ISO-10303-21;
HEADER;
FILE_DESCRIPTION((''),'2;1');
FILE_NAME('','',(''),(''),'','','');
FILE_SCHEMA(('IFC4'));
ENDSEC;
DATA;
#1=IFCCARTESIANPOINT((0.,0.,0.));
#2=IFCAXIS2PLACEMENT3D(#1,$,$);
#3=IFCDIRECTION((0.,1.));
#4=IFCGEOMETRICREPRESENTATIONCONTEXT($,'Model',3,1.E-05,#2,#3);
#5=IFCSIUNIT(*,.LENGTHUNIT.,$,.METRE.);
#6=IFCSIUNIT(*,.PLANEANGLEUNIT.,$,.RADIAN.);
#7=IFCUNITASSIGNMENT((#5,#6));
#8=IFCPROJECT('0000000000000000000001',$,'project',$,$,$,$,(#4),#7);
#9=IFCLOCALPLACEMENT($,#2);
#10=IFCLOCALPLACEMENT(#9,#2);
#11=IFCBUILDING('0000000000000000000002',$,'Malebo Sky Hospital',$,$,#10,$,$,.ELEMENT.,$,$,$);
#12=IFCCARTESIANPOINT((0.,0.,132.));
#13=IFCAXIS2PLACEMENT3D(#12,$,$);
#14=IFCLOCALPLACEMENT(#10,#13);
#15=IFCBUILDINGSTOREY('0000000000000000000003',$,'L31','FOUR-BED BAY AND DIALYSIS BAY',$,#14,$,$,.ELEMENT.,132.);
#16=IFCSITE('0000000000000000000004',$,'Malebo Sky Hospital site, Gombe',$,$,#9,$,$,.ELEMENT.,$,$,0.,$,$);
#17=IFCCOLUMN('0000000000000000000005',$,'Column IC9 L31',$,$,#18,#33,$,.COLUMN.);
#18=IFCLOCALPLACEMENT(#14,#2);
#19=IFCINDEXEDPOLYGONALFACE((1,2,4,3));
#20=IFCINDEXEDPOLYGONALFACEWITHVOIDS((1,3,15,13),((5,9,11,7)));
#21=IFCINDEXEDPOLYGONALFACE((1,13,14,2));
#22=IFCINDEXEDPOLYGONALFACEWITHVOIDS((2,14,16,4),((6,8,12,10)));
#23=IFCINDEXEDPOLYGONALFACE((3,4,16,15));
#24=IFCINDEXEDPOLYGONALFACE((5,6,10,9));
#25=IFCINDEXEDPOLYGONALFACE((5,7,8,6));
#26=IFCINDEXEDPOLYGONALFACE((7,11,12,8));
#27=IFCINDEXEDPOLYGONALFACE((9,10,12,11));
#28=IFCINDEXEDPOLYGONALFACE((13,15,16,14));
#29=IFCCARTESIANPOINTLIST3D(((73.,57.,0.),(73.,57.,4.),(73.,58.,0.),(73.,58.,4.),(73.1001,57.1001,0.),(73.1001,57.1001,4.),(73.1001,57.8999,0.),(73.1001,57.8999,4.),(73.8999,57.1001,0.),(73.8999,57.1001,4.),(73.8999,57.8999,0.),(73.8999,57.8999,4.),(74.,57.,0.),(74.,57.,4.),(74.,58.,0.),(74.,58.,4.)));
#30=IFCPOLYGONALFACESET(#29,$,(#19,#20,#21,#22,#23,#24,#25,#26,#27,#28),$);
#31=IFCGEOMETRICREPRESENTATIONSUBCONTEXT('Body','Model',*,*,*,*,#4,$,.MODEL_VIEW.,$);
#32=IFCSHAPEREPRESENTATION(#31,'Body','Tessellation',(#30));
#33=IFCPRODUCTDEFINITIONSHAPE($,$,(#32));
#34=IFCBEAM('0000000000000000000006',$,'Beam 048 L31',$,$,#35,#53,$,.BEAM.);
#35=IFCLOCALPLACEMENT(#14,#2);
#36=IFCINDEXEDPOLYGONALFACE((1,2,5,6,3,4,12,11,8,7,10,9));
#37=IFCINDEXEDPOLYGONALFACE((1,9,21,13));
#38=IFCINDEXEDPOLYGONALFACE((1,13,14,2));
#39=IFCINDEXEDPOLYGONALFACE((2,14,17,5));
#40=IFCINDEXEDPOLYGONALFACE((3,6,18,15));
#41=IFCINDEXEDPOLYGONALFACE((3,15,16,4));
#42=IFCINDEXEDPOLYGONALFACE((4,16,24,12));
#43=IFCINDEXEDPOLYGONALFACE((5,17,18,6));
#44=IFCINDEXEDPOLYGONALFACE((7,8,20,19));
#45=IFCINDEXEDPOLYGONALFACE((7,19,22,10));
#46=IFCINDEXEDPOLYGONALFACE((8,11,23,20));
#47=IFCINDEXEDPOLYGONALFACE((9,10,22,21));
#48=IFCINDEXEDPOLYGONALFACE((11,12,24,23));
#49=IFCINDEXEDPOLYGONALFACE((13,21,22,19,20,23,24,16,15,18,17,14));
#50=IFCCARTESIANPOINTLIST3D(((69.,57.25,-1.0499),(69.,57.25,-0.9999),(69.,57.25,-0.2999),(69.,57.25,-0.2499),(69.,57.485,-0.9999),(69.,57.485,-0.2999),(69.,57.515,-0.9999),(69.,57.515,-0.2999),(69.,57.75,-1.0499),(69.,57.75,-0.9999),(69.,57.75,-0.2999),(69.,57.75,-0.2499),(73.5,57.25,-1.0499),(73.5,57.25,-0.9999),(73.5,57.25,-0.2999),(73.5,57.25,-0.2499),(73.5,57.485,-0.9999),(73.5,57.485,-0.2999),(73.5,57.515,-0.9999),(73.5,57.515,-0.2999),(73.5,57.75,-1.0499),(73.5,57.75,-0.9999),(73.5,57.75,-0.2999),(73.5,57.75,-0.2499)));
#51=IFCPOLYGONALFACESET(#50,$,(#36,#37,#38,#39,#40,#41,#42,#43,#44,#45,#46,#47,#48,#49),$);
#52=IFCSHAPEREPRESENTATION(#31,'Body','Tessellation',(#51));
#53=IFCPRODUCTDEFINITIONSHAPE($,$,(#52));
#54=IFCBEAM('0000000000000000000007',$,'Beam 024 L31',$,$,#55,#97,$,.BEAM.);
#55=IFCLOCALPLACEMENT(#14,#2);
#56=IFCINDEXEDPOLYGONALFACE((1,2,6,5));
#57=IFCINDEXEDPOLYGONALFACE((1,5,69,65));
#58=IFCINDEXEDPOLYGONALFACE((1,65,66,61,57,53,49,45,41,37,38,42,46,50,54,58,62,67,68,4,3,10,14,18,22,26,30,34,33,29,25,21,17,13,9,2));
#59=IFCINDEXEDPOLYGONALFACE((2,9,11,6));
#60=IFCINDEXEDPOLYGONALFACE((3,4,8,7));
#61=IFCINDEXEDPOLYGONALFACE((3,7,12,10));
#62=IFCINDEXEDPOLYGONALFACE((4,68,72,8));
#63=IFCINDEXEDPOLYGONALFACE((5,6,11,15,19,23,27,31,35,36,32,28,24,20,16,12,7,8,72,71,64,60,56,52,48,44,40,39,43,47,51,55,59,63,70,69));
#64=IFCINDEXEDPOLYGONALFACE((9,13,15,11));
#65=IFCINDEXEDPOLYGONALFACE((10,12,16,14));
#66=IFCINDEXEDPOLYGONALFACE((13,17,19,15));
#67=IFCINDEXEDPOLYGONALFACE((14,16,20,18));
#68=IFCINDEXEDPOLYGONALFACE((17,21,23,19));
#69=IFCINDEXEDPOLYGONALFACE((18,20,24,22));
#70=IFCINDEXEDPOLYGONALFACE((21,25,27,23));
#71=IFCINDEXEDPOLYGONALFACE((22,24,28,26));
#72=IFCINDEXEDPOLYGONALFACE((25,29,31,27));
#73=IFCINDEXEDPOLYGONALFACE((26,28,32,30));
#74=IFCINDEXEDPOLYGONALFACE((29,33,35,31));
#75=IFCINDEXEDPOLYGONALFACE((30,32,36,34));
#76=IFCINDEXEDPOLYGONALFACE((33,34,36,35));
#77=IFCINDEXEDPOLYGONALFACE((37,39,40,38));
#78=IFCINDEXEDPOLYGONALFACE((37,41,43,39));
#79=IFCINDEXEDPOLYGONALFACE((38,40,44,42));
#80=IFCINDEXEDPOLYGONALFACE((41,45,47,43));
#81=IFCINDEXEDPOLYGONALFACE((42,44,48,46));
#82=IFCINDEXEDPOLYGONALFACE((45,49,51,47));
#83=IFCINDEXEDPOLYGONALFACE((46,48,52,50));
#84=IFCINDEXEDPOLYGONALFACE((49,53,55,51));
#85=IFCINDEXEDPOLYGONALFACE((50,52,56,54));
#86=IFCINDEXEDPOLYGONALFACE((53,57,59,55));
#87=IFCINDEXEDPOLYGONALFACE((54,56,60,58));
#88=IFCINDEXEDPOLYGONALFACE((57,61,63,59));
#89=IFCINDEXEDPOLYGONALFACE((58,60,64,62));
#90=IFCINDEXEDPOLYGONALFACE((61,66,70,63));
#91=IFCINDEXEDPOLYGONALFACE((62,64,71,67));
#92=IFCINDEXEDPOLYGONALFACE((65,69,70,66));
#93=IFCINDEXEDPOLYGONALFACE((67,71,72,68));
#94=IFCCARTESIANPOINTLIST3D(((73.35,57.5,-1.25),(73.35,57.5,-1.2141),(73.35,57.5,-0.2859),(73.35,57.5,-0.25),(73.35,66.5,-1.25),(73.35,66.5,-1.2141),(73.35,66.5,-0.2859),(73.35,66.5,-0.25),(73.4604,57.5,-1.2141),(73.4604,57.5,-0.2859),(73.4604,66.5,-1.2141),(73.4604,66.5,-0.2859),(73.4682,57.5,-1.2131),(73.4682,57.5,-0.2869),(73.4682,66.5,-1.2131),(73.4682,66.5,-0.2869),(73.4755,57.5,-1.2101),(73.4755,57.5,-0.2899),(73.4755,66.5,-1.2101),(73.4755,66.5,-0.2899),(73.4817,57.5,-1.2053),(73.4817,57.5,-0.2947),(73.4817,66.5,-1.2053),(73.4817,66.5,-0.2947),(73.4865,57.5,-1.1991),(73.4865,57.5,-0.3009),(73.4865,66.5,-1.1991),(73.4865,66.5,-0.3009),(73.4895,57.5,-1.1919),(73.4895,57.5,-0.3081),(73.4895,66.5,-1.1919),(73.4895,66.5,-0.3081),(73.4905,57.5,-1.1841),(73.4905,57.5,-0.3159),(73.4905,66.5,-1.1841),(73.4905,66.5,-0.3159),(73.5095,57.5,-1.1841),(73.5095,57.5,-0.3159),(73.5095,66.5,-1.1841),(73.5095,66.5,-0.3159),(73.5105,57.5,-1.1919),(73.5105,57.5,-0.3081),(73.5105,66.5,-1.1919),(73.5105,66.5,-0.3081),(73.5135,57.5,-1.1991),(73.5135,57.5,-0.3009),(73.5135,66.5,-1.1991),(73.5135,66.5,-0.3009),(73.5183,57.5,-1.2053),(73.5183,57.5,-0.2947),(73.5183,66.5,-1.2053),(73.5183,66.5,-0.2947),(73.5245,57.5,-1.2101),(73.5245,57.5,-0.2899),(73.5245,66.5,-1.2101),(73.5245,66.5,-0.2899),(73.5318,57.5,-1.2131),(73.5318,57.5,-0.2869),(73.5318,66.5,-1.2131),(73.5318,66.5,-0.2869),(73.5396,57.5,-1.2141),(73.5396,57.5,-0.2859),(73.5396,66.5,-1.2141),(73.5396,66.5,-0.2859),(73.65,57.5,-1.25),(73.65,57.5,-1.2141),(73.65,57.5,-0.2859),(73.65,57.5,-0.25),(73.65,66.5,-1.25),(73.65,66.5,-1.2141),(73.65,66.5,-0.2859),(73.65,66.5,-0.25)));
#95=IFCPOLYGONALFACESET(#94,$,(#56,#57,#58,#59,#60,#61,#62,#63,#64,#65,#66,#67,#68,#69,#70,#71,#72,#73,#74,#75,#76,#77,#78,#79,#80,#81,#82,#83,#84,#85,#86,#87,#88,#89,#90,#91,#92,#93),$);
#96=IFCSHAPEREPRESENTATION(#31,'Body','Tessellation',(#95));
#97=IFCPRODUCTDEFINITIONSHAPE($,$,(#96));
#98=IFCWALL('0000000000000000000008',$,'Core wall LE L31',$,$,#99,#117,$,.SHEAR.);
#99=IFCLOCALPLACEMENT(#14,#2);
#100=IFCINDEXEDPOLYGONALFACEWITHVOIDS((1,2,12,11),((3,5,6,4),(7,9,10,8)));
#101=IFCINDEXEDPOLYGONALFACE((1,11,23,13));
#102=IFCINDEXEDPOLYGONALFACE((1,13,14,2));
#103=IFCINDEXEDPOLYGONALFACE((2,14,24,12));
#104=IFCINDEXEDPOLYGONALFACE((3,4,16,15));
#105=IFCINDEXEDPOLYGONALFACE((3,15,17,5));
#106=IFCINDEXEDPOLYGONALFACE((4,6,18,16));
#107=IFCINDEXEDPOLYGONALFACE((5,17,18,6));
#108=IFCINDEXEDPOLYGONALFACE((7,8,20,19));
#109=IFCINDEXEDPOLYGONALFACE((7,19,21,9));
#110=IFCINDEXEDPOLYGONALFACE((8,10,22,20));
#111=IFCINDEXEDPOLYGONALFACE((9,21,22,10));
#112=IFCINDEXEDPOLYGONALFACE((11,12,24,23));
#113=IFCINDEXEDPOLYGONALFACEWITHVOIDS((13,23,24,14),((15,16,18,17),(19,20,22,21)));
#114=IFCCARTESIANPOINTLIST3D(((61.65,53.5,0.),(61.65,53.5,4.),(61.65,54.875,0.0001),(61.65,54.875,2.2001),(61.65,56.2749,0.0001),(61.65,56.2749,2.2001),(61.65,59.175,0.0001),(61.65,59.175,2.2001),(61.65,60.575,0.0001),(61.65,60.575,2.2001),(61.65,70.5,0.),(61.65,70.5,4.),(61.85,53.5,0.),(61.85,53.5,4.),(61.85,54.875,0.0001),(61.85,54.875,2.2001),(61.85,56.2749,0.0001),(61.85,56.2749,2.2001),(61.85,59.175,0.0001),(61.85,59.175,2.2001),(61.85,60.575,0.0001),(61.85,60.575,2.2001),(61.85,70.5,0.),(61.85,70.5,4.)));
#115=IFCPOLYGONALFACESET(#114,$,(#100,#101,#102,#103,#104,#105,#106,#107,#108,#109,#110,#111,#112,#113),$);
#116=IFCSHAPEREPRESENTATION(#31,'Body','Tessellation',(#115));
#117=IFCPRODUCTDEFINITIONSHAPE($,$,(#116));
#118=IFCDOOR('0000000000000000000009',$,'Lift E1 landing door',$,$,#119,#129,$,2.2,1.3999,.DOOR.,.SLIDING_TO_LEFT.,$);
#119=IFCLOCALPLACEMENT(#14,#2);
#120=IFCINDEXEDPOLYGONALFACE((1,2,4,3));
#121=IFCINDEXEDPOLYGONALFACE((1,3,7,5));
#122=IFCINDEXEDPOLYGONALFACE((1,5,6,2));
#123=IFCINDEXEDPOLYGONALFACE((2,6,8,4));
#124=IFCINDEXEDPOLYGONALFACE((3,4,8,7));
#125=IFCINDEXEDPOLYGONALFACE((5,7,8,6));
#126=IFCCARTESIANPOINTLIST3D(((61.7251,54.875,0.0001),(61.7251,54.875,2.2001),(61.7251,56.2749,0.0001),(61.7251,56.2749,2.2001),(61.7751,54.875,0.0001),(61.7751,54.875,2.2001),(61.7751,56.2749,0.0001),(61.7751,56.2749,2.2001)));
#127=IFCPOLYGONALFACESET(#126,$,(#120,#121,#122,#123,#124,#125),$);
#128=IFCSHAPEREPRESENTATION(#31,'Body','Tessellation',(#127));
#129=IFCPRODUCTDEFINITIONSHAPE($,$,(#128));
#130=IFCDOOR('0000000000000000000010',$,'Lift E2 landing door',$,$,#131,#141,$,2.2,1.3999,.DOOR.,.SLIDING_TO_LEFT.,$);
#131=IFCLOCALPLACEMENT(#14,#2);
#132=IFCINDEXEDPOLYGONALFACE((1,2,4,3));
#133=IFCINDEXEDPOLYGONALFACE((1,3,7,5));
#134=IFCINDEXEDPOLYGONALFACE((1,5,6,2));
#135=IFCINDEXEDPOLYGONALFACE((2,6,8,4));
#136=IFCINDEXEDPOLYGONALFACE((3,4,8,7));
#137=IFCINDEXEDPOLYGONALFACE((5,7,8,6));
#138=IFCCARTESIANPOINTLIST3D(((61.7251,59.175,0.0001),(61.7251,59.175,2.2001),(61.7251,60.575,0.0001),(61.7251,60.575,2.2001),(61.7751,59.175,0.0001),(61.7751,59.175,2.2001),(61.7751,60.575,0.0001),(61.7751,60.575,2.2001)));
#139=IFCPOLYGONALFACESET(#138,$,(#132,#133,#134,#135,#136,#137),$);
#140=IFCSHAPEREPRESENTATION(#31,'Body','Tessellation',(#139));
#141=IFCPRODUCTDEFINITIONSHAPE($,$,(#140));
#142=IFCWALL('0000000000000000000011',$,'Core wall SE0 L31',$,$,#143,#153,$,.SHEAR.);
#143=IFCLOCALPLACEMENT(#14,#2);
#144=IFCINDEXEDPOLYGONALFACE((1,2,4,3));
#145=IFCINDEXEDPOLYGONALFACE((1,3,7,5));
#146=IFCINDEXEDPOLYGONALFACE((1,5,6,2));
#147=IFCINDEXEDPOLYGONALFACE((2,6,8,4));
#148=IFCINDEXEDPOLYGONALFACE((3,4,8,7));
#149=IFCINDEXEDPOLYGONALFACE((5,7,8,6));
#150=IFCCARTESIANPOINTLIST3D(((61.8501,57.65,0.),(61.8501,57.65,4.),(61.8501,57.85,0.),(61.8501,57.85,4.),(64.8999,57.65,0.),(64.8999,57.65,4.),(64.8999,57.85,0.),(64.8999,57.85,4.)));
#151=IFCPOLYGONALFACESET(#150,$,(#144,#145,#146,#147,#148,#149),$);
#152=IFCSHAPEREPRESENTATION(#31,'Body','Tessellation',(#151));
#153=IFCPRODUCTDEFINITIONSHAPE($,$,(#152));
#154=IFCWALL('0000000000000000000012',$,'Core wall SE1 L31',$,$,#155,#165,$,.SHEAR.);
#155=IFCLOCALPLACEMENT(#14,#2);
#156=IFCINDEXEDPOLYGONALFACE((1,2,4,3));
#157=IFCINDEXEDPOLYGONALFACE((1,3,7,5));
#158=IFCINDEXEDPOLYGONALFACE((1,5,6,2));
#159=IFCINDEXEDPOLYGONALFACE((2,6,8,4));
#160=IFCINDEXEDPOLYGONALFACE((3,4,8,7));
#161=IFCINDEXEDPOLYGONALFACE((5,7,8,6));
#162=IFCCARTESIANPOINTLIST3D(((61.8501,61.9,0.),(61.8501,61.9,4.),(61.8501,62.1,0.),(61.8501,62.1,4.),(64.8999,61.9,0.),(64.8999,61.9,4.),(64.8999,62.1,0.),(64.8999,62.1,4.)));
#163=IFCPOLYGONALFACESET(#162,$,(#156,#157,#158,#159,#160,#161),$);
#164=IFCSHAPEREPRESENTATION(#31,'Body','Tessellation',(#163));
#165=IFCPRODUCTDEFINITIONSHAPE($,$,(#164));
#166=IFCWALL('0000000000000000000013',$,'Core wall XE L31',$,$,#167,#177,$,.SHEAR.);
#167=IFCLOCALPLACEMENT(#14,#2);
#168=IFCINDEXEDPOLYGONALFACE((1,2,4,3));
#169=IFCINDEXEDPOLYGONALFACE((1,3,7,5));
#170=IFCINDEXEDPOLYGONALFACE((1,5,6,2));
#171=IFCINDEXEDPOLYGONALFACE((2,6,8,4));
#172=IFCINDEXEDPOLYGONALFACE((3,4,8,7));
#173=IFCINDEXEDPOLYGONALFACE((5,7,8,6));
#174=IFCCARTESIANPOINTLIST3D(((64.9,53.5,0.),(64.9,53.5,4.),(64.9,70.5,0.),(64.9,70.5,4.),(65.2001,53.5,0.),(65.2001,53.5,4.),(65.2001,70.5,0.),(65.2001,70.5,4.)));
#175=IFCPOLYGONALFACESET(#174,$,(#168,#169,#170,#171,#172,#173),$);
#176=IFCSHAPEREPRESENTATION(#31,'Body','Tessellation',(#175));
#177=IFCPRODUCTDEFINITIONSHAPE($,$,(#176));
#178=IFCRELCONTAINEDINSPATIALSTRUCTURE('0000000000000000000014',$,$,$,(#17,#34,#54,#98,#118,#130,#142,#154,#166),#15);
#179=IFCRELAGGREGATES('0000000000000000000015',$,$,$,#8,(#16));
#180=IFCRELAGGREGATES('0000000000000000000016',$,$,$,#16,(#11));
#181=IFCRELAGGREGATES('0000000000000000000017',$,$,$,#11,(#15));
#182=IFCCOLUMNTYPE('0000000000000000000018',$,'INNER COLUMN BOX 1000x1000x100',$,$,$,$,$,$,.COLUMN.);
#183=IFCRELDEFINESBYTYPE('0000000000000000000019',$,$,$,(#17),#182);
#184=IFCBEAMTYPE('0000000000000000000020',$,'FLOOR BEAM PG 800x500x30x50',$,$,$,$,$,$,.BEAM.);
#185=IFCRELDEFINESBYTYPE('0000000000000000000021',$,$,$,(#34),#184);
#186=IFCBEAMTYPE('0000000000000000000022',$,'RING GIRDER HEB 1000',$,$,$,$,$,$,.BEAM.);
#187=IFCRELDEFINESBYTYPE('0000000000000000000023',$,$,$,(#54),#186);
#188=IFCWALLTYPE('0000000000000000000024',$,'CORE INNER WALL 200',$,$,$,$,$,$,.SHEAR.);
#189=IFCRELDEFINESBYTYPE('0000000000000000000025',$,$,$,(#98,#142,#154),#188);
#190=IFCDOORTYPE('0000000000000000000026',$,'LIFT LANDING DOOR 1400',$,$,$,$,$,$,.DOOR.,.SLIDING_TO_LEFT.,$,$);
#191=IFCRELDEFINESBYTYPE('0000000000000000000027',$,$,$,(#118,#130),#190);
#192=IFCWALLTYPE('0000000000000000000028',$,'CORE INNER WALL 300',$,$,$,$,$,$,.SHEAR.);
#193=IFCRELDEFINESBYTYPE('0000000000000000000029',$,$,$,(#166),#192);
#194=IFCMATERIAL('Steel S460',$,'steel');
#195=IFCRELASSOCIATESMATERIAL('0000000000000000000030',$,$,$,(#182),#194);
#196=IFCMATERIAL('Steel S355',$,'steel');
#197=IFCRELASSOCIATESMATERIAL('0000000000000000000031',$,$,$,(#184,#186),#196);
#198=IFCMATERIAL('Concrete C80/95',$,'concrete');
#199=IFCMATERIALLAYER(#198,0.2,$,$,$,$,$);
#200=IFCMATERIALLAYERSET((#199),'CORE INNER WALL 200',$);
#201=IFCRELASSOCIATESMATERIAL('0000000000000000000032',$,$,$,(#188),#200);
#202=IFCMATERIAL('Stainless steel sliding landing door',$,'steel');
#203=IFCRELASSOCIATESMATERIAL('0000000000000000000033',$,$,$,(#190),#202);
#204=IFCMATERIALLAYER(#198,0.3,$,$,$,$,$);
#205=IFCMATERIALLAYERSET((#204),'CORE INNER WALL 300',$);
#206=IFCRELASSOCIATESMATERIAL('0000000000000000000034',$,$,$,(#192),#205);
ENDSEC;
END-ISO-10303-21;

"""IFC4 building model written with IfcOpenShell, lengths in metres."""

from ifc_helpers import new_model, si_unit, direction, frame, frame_2d, origin, origin_2d, place, context, subcontext, project, spatial, rectangle, hollow_rectangle, i_section, extrude, material, layer, layer_set, material_profile, profile_set, type_object, element, fill, save


model = new_model("IFC4")

# Units and contexts
model_context = context("Model", 3, precision=1e-05, world=origin(), true_north=direction((0.0, 1.0)))
body_context = subcontext(model_context, "Body", "Model", "MODEL_VIEW")
ifc_project = project(units=[si_unit("LENGTHUNIT", "METRE"), si_unit("PLANEANGLEUNIT", "RADIAN")], contexts=[model_context])

# Site, building, storey
site_placement = place(None, origin())
site = spatial("IfcSite", under=ifc_project, at=site_placement, Name="Malebo Sky Hospital site, Gombe", CompositionType="ELEMENT", RefElevation=0.0)
building_placement = place(site_placement, origin())
building = spatial("IfcBuilding", under=site, at=building_placement, Name="Malebo Sky Hospital", CompositionType="ELEMENT")
storey_placement = place(building_placement, frame((0.0, 0.0, 132.0)))
storey = spatial("IfcBuildingStorey", under=building, at=storey_placement, Name="L31", Description="FOUR-BED BAY AND DIALYSIS BAY", CompositionType="ELEMENT", Elevation=132.0)

# Column
ifc_material_1 = material(Name="Steel S460", Category="steel")
ifc_material_profile_1 = material_profile(ifc_material_1, hollow_rectangle(XDim=1.0, YDim=1.0, WallThickness=0.1001, at=origin_2d()), Name="BOX 1000x1000x100")
ifc_profile_set_1 = profile_set([ifc_material_profile_1], Name="Steel S460")
column_type = type_object("IfcColumnType", Name="INNER COLUMN BOX 1000x1000x100", PredefinedType="COLUMN", material=ifc_profile_set_1)
column_placement = place(storey_placement, frame((73.5, 57.5, 0.0), z_axis=(0.0, 0.0, 1.0), x_axis=(1.0, 0.0, 0.0)))
element("IfcColumn", 1, at=column_placement, inside=storey, type_object=column_type, Name="Column IC9 L31", PredefinedType="COLUMN", context=body_context, shape_type="SweptSolid", body=[
    extrude(hollow_rectangle(XDim=1.0, YDim=1.0, WallThickness=0.1001, at=origin_2d()), origin(), (0.0, 0.0, 1.0), 4.0),
])

# Beams
ifc_material_2 = material(Name="Steel S355", Category="steel")
ifc_material_profile_2 = material_profile(ifc_material_2, i_section(OverallWidth=0.5, OverallDepth=0.8, WebThickness=0.03, FlangeThickness=0.05, at=origin_2d()), Name="PG 800x500x30x50")
ifc_profile_set_2 = profile_set([ifc_material_profile_2], Name="Steel S355")
beam_type_1 = type_object("IfcBeamType", Name="FLOOR BEAM PG 800x500x30x50", PredefinedType="BEAM", material=ifc_profile_set_2)
beam_1_placement = place(storey_placement, frame((69.0, 57.5, -0.6499), z_axis=(1.0, 0.0, 0.0), x_axis=(0.0, 1.0, 0.0)))
element("IfcBeam", 2, at=beam_1_placement, inside=storey, type_object=beam_type_1, Name="Beam 048 L31", PredefinedType="BEAM", context=body_context, shape_type="SweptSolid", body=[
    extrude(i_section(OverallWidth=0.5, OverallDepth=0.8, WebThickness=0.03, FlangeThickness=0.05, at=origin_2d()), origin(), (0.0, 0.0, 1.0), 4.5),
])
ifc_material_profile_3 = material_profile(ifc_material_2, i_section(OverallWidth=0.3, OverallDepth=1.0, WebThickness=0.019, FlangeThickness=0.0359, FilletRadius=0.03, at=origin_2d()), Name="HEB 1000")
ifc_profile_set_3 = profile_set([ifc_material_profile_3], Name="Steel S355")
beam_type_2 = type_object("IfcBeamType", Name="RING GIRDER HEB 1000", PredefinedType="BEAM", material=ifc_profile_set_3)
beam_2_placement = place(storey_placement, frame((73.5, 57.5, -0.75), z_axis=(0.0, 1.0, 0.0), x_axis=(-1.0, 0.0, 0.0)))
element("IfcBeam", 3, at=beam_2_placement, inside=storey, type_object=beam_type_2, Name="Beam 024 L31", PredefinedType="BEAM", context=body_context, shape_type="SweptSolid", body=[
    extrude(i_section(OverallWidth=0.3, OverallDepth=1.0, WebThickness=0.019, FlangeThickness=0.0359, FilletRadius=0.03, at=origin_2d()), origin(), (0.0, 0.0, 1.0), 9.0),
])

# Wall, openings, doors
ifc_material_3 = material(Name="Concrete C80/95", Category="concrete")
ifc_layer_1 = layer(ifc_material_3, 0.2)
ifc_layer_set_1 = layer_set([ifc_layer_1], Name="CORE INNER WALL 200")
wall_type_1 = type_object("IfcWallType", Name="CORE INNER WALL 200", PredefinedType="SHEAR", material=ifc_layer_set_1)
wall_1_placement = place(storey_placement, frame((61.75, 53.5, 0.0), z_axis=(0.0, 0.0, 1.0), x_axis=(0.0, 1.0, 0.0)))
wall_1 = element("IfcWall", 4, at=wall_1_placement, inside=storey, type_object=wall_type_1, Name="Core wall LE L31", PredefinedType="SHEAR", context=body_context, shape_type="SweptSolid", body=[
    extrude(rectangle(XDim=17.0, YDim=0.2, at=frame_2d((8.5, 0.0))), origin(), (0.0, 0.0, 1.0), 4.0),
])
opening_1_placement = place(wall_1_placement, frame((1.375, 0.0, 0.0)))
opening_1 = element("IfcOpeningElement", 5, at=opening_1_placement, cuts=wall_1, PredefinedType="OPENING", context=body_context, shape_type="SweptSolid", body=[
    extrude(rectangle(XDim=1.3999, YDim=2.2, at=frame_2d((0.7, 1.1001))), frame((0.0, 0.1099, 0.0), z_axis=(0.0, -1.0, 0.0), x_axis=(1.0, 0.0, 0.0)), (0.0, 0.0, 1.0), 0.22),
])
opening_2_placement = place(wall_1_placement, frame((5.675, 0.0, 0.0)))
opening_2 = element("IfcOpeningElement", 6, at=opening_2_placement, cuts=wall_1, PredefinedType="OPENING", context=body_context, shape_type="SweptSolid", body=[
    extrude(rectangle(XDim=1.3999, YDim=2.2, at=frame_2d((0.7, 1.1001))), frame((0.0, 0.1099, 0.0), z_axis=(0.0, -1.0, 0.0), x_axis=(1.0, 0.0, 0.0)), (0.0, 0.0, 1.0), 0.22),
])
ifc_material_4 = material(Name="Stainless steel sliding landing door", Category="steel")
door_type_1 = type_object("IfcDoorType", Name="LIFT LANDING DOOR 1400", OperationType="SLIDING_TO_LEFT", PredefinedType="DOOR", material=ifc_material_4)
door_1_placement = place(opening_1_placement, origin())
door_1 = element("IfcDoor", 7, at=door_1_placement, inside=storey, type_object=door_type_1, Name="Lift E1 landing door", OperationType="SLIDING_TO_LEFT", OverallHeight=2.2, OverallWidth=1.3999, PredefinedType="DOOR", context=body_context, shape_type="SweptSolid", body=[
    extrude(rectangle(XDim=1.3999, YDim=2.2, at=frame_2d((0.7, 1.1001))), frame((0.0, 0.0249, 0.0), z_axis=(0.0, -1.0, 0.0), x_axis=(1.0, 0.0, 0.0)), (0.0, 0.0, 1.0), 0.05),
])
fill(opening_1, door_1)
door_2_placement = place(opening_2_placement, origin())
door_2 = element("IfcDoor", 8, at=door_2_placement, inside=storey, type_object=door_type_1, Name="Lift E2 landing door", OperationType="SLIDING_TO_LEFT", OverallHeight=2.2, OverallWidth=1.3999, PredefinedType="DOOR", context=body_context, shape_type="SweptSolid", body=[
    extrude(rectangle(XDim=1.3999, YDim=2.2, at=frame_2d((0.7, 1.1001))), frame((0.0, 0.0249, 0.0), z_axis=(0.0, -1.0, 0.0), x_axis=(1.0, 0.0, 0.0)), (0.0, 0.0, 1.0), 0.05),
])
fill(opening_2, door_2)

# Walls
for number, where, z_axis, x_axis, name in (
    (9, (61.8501, 57.75, 0.0), (0.0, 0.0, 1.0), (1.0, 0.0, 0.0), "Core wall SE0 L31"),
    (10, (61.8501, 62.0, 0.0), (0.0, 0.0, 1.0), (1.0, 0.0, 0.0), "Core wall SE1 L31"),
):
    element("IfcWall", number, at=place(storey_placement, frame(where, z_axis=z_axis, x_axis=x_axis)), inside=storey, type_object=wall_type_1, Name=name, PredefinedType="SHEAR", context=body_context, shape_type="SweptSolid", body=[
        extrude(rectangle(XDim=3.0498, YDim=0.2, at=frame_2d((1.5249, 0.0))), origin(), (0.0, 0.0, 1.0), 4.0),
    ])
ifc_layer_2 = layer(ifc_material_3, 0.3)
ifc_layer_set_2 = layer_set([ifc_layer_2], Name="CORE INNER WALL 300")
wall_type_2 = type_object("IfcWallType", Name="CORE INNER WALL 300", PredefinedType="SHEAR", material=ifc_layer_set_2)
wall_2_placement = place(storey_placement, frame((65.05, 53.5, 0.0), z_axis=(0.0, 0.0, 1.0), x_axis=(0.0, 1.0, 0.0)))
element("IfcWall", 11, at=wall_2_placement, inside=storey, type_object=wall_type_2, Name="Core wall XE L31", PredefinedType="SHEAR", context=body_context, shape_type="SweptSolid", body=[
    extrude(rectangle(XDim=17.0, YDim=0.3, at=frame_2d((8.5, 0.0))), origin(), (0.0, 0.0, 1.0), 4.0),
])

save(model, "model.ifc")
